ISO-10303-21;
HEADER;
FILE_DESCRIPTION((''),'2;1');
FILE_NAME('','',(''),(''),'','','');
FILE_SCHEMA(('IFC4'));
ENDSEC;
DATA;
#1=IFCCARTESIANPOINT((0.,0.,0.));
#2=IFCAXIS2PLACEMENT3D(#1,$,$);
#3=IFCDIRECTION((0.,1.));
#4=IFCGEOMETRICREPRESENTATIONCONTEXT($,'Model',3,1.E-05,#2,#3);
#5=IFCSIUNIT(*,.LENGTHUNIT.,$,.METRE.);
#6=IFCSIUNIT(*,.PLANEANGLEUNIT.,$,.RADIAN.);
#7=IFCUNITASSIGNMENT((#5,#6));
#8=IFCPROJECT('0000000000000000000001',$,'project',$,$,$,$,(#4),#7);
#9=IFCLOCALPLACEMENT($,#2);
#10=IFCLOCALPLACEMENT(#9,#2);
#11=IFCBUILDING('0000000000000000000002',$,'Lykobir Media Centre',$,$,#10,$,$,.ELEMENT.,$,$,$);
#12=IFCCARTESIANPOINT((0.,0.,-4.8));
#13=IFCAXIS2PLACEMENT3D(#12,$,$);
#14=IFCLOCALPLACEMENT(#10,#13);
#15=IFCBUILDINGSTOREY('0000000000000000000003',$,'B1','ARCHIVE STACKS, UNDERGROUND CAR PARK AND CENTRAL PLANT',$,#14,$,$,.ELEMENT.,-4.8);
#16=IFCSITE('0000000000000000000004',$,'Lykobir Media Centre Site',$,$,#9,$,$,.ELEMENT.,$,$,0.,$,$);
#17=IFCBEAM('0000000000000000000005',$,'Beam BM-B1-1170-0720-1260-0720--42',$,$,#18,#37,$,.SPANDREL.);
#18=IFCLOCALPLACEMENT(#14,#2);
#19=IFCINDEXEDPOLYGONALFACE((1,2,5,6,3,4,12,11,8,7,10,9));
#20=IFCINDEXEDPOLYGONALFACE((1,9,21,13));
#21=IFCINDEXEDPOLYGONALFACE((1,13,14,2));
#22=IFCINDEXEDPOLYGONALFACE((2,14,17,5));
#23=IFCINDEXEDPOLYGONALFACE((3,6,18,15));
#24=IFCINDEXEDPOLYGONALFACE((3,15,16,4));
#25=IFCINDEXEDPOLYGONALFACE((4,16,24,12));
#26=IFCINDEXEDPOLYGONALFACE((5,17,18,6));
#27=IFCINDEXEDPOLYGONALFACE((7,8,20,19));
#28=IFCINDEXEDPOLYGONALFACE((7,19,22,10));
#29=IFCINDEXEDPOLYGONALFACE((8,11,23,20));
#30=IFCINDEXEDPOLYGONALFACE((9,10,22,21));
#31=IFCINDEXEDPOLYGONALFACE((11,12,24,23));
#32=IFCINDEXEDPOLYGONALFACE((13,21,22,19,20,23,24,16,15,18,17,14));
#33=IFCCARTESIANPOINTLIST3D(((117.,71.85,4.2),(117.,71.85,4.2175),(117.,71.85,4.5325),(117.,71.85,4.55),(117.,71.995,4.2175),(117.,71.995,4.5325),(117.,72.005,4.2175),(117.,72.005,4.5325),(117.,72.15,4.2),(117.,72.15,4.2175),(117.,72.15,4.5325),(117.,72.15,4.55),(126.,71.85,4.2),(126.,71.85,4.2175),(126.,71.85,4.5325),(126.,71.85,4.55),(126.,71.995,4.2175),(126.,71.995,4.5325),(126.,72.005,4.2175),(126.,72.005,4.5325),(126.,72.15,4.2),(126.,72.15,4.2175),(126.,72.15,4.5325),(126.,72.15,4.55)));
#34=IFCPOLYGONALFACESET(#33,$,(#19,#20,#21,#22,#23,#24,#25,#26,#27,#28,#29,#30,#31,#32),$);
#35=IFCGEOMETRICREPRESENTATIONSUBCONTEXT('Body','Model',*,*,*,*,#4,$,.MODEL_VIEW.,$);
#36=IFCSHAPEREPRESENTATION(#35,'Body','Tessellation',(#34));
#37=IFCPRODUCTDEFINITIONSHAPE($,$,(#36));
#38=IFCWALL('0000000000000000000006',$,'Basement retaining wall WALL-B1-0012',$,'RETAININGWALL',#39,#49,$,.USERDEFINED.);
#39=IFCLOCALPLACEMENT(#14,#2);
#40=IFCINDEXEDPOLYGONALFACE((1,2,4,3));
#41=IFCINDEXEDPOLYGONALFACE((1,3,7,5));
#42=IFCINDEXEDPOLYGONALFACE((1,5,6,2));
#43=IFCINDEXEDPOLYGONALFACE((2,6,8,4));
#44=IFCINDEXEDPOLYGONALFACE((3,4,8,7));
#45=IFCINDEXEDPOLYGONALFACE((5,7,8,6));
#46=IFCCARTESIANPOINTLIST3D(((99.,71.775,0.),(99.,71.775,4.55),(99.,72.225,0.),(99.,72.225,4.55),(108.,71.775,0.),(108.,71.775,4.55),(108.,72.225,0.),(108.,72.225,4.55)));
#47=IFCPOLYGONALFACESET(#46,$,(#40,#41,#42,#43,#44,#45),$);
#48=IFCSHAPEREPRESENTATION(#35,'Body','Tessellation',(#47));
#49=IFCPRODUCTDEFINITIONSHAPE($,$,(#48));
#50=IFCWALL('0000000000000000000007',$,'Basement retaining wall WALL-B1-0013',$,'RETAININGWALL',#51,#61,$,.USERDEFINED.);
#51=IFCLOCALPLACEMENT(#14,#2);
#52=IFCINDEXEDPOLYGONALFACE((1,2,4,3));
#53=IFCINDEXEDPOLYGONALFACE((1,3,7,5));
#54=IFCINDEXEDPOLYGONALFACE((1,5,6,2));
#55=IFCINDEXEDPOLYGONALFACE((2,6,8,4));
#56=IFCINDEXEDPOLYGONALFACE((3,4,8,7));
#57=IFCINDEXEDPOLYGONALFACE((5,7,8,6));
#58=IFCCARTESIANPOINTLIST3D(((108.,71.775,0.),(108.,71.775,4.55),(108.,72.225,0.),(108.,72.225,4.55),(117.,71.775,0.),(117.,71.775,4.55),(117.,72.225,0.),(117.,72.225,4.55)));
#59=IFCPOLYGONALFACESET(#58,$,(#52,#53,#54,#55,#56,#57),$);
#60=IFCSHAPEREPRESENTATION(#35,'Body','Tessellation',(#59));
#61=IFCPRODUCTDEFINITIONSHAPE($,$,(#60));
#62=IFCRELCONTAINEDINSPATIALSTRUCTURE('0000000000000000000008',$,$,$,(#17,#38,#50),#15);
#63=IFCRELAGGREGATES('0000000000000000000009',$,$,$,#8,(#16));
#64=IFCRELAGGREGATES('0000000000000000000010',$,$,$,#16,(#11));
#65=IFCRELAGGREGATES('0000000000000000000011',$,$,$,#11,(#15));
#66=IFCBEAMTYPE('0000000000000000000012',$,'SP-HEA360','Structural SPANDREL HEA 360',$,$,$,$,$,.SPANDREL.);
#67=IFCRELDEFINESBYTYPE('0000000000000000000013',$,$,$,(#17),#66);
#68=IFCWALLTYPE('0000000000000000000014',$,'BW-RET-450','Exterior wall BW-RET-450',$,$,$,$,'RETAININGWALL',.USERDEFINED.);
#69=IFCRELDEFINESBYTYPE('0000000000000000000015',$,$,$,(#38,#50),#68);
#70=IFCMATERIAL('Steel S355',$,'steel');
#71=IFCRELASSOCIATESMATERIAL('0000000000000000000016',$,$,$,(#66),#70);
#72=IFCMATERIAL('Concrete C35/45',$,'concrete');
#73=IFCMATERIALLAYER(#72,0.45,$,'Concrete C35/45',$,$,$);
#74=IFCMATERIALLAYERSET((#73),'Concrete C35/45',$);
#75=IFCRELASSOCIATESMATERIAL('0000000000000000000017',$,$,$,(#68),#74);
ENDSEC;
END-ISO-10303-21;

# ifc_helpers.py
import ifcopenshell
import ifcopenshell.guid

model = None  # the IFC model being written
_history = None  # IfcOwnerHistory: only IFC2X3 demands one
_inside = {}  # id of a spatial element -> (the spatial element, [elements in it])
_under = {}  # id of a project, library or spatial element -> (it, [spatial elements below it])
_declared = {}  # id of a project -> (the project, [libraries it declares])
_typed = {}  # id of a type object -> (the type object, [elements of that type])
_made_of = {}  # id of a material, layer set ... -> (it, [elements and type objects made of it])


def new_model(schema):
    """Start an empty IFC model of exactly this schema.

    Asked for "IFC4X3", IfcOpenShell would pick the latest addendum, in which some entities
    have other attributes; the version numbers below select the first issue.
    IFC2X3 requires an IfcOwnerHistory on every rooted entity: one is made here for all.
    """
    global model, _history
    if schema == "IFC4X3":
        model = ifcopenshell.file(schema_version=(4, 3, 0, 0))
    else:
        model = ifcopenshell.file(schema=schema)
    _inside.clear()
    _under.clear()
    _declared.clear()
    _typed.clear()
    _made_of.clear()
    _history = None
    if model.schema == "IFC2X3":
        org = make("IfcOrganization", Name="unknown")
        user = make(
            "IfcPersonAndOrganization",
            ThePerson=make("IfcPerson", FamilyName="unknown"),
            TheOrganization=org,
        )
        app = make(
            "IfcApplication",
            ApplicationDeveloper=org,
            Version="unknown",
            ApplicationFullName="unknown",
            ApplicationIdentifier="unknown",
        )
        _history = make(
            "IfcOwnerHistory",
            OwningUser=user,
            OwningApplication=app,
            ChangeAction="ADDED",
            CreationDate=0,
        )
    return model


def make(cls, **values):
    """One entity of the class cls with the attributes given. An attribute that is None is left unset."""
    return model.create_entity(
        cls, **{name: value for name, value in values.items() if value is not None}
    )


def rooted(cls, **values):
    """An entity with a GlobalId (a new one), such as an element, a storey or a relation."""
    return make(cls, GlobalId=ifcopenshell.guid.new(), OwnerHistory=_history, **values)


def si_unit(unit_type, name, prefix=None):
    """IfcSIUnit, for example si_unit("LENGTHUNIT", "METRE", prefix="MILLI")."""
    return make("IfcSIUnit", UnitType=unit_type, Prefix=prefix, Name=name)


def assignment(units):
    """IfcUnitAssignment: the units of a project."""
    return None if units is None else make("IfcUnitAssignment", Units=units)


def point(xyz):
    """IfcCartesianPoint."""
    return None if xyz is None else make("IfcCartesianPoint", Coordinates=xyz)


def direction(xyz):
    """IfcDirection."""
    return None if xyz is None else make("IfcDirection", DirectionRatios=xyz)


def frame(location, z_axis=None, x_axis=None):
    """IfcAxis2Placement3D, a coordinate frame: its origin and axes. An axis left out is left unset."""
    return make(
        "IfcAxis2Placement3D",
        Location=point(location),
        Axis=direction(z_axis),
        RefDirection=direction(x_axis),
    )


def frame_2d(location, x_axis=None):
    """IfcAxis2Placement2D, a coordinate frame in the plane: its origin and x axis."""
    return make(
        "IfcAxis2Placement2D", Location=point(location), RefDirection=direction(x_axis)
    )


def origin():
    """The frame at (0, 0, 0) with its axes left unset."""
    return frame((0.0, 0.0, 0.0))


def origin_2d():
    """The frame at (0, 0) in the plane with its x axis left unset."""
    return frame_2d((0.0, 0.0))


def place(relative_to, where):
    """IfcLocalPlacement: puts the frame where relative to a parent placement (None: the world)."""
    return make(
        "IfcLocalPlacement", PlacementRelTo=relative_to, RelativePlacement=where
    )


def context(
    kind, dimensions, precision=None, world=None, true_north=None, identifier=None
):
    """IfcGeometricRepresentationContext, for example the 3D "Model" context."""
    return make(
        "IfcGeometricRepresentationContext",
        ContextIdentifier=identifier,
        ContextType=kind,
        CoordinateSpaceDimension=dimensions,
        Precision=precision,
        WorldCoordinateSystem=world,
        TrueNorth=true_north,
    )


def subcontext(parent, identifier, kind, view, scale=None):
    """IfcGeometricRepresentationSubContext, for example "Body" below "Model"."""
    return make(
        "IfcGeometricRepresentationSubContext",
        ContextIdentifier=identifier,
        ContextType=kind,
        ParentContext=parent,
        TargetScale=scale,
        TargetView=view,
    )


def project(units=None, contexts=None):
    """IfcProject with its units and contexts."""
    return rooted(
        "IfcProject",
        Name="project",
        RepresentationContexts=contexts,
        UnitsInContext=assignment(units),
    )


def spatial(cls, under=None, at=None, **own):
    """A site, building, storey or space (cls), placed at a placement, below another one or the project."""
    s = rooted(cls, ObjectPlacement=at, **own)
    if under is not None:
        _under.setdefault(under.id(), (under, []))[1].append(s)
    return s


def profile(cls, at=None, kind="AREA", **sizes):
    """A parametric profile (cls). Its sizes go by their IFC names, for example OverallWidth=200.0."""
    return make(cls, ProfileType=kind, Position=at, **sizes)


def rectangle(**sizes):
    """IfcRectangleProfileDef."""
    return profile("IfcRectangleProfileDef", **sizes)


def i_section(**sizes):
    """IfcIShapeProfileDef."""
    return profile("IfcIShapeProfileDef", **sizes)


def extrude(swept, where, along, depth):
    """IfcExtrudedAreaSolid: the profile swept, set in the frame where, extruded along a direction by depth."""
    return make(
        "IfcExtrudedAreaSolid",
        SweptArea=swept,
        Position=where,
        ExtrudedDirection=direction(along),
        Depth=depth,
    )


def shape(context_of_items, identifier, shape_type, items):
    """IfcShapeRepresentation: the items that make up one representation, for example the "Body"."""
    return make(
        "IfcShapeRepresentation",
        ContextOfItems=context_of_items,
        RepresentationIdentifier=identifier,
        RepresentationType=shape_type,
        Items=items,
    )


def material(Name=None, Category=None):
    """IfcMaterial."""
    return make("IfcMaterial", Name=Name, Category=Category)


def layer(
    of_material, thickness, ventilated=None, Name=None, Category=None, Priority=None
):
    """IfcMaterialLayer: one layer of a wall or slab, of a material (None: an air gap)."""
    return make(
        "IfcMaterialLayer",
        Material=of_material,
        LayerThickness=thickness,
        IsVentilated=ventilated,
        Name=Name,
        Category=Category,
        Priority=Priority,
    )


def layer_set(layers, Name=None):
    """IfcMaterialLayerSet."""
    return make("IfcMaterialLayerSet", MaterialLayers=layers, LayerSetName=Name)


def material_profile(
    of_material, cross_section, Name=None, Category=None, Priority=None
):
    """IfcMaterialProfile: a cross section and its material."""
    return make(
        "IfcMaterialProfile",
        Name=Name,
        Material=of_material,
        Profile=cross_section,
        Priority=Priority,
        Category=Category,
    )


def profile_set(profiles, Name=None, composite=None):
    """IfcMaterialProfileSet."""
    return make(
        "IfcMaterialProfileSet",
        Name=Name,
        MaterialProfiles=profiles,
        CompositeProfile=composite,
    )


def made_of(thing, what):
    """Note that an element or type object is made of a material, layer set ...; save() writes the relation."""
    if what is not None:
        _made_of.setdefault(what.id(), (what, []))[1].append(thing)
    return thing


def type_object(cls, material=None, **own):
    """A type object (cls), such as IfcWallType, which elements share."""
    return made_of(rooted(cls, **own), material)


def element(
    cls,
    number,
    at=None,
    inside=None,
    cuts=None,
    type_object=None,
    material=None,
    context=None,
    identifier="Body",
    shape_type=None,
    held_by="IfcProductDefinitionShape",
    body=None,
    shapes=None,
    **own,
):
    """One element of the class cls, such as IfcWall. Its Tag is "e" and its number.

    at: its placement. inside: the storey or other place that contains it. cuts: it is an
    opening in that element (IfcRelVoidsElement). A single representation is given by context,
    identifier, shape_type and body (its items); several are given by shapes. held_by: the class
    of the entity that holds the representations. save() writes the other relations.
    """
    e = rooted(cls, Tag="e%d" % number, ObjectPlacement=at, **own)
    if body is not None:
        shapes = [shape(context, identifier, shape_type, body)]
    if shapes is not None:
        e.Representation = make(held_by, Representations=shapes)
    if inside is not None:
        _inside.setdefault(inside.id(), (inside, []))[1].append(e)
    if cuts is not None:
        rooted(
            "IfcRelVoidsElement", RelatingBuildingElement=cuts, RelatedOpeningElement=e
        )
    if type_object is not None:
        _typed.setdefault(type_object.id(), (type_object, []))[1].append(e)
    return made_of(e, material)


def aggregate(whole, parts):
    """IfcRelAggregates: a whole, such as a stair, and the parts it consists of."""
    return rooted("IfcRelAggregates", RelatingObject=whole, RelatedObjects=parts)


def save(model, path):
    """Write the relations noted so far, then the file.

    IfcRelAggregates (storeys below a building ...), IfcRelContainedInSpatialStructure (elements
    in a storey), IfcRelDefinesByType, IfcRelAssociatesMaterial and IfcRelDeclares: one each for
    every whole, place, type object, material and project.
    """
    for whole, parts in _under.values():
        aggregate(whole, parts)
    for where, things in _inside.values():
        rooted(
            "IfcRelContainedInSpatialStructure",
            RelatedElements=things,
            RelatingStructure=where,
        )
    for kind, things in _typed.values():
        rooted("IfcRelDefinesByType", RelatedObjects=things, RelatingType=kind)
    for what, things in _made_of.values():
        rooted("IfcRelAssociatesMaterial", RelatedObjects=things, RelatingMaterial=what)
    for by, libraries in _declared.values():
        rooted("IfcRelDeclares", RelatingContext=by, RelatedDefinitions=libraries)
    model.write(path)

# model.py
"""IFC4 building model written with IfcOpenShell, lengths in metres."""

from ifc_helpers import new_model, si_unit, direction, frame, frame_2d, origin, origin_2d, place, context, subcontext, project, spatial, rectangle, i_section, extrude, material, layer, layer_set, material_profile, profile_set, type_object, element, save


model = new_model("IFC4")

# Units and contexts
model_context = context("Model", 3, precision=1e-05, world=origin(), true_north=direction((0.0, 1.0)))
body_context = subcontext(model_context, "Body", "Model", "MODEL_VIEW")
ifc_project = project(units=[si_unit("LENGTHUNIT", "METRE"), si_unit("PLANEANGLEUNIT", "RADIAN")], contexts=[model_context])

# Site, building, storey
site_placement = place(None, origin())
site = spatial("IfcSite", under=ifc_project, at=site_placement, Name="Lykobir Media Centre Site", CompositionType="ELEMENT", RefElevation=0.0)
building_placement = place(site_placement, origin())
building = spatial("IfcBuilding", under=site, at=building_placement, Name="Lykobir Media Centre", CompositionType="ELEMENT")
storey_placement = place(building_placement, frame((0.0, 0.0, -4.8)))
storey = spatial("IfcBuildingStorey", under=building, at=storey_placement, Name="B1", Description="ARCHIVE STACKS, UNDERGROUND CAR PARK AND CENTRAL PLANT", CompositionType="ELEMENT", Elevation=-4.8)

# Shared definitions
ifc_material_1 = material(Name="Concrete C35/45", Category="concrete")

# Shared definitions
ifc_material_2 = material(Name="Steel S355", Category="steel")

# Beam
ifc_material_profile_1 = material_profile(ifc_material_2, i_section(OverallWidth=0.3, OverallDepth=0.3501, WebThickness=0.01, FlangeThickness=0.0176, at=origin_2d()), Name="HEA 360")
ifc_profile_set_1 = profile_set([ifc_material_profile_1], Name="Steel S355")
beam_type_1 = type_object("IfcBeamType", Name="SP-HEA360", Description="Structural SPANDREL HEA 360", PredefinedType="SPANDREL", material=ifc_profile_set_1)
beam_1_placement = place(storey_placement, frame((117.0, 72.0, 4.375), z_axis=(1.0, 0.0, 0.0), x_axis=(0.0, 1.0, 0.0)))
element("IfcBeam", 1, at=beam_1_placement, inside=storey, type_object=beam_type_1, Name="Beam BM-B1-1170-0720-1260-0720--42", PredefinedType="SPANDREL", context=body_context, shape_type="SweptSolid", body=[
    extrude(i_section(OverallWidth=0.3, OverallDepth=0.3501, WebThickness=0.01, FlangeThickness=0.0176, at=origin_2d()), origin(), (0.0, 0.0, 1.0), 9.0),
])

# Walls
ifc_layer = layer(ifc_material_1, 0.45, Name="Concrete C35/45")
ifc_layer_set = layer_set([ifc_layer], Name="Concrete C35/45")
wall_type = type_object("IfcWallType", Name="BW-RET-450", Description="Exterior wall BW-RET-450", ElementType="RETAININGWALL", PredefinedType="USERDEFINED", material=ifc_layer_set)
for number, where, z_axis, x_axis, name in (
    (2, (108.0, 72.0, 0.0), (0.0, 0.0, 1.0), (-1.0, 0.0, 0.0), "Basement retaining wall WALL-B1-0012"),
    (3, (117.0, 72.0, 0.0), (0.0, 0.0, 1.0), (-1.0, 0.0, 0.0), "Basement retaining wall WALL-B1-0013"),
):
    element("IfcWall", number, at=place(storey_placement, frame(where, z_axis=z_axis, x_axis=x_axis)), inside=storey, type_object=wall_type, Name=name, ObjectType="RETAININGWALL", PredefinedType="USERDEFINED", context=body_context, shape_type="SweptSolid", body=[
        extrude(rectangle(XDim=9.0, YDim=0.45, at=frame_2d((4.5, 0.0))), origin(), (0.0, 0.0, 1.0), 4.55),
    ])

save(model, "model.ifc")
